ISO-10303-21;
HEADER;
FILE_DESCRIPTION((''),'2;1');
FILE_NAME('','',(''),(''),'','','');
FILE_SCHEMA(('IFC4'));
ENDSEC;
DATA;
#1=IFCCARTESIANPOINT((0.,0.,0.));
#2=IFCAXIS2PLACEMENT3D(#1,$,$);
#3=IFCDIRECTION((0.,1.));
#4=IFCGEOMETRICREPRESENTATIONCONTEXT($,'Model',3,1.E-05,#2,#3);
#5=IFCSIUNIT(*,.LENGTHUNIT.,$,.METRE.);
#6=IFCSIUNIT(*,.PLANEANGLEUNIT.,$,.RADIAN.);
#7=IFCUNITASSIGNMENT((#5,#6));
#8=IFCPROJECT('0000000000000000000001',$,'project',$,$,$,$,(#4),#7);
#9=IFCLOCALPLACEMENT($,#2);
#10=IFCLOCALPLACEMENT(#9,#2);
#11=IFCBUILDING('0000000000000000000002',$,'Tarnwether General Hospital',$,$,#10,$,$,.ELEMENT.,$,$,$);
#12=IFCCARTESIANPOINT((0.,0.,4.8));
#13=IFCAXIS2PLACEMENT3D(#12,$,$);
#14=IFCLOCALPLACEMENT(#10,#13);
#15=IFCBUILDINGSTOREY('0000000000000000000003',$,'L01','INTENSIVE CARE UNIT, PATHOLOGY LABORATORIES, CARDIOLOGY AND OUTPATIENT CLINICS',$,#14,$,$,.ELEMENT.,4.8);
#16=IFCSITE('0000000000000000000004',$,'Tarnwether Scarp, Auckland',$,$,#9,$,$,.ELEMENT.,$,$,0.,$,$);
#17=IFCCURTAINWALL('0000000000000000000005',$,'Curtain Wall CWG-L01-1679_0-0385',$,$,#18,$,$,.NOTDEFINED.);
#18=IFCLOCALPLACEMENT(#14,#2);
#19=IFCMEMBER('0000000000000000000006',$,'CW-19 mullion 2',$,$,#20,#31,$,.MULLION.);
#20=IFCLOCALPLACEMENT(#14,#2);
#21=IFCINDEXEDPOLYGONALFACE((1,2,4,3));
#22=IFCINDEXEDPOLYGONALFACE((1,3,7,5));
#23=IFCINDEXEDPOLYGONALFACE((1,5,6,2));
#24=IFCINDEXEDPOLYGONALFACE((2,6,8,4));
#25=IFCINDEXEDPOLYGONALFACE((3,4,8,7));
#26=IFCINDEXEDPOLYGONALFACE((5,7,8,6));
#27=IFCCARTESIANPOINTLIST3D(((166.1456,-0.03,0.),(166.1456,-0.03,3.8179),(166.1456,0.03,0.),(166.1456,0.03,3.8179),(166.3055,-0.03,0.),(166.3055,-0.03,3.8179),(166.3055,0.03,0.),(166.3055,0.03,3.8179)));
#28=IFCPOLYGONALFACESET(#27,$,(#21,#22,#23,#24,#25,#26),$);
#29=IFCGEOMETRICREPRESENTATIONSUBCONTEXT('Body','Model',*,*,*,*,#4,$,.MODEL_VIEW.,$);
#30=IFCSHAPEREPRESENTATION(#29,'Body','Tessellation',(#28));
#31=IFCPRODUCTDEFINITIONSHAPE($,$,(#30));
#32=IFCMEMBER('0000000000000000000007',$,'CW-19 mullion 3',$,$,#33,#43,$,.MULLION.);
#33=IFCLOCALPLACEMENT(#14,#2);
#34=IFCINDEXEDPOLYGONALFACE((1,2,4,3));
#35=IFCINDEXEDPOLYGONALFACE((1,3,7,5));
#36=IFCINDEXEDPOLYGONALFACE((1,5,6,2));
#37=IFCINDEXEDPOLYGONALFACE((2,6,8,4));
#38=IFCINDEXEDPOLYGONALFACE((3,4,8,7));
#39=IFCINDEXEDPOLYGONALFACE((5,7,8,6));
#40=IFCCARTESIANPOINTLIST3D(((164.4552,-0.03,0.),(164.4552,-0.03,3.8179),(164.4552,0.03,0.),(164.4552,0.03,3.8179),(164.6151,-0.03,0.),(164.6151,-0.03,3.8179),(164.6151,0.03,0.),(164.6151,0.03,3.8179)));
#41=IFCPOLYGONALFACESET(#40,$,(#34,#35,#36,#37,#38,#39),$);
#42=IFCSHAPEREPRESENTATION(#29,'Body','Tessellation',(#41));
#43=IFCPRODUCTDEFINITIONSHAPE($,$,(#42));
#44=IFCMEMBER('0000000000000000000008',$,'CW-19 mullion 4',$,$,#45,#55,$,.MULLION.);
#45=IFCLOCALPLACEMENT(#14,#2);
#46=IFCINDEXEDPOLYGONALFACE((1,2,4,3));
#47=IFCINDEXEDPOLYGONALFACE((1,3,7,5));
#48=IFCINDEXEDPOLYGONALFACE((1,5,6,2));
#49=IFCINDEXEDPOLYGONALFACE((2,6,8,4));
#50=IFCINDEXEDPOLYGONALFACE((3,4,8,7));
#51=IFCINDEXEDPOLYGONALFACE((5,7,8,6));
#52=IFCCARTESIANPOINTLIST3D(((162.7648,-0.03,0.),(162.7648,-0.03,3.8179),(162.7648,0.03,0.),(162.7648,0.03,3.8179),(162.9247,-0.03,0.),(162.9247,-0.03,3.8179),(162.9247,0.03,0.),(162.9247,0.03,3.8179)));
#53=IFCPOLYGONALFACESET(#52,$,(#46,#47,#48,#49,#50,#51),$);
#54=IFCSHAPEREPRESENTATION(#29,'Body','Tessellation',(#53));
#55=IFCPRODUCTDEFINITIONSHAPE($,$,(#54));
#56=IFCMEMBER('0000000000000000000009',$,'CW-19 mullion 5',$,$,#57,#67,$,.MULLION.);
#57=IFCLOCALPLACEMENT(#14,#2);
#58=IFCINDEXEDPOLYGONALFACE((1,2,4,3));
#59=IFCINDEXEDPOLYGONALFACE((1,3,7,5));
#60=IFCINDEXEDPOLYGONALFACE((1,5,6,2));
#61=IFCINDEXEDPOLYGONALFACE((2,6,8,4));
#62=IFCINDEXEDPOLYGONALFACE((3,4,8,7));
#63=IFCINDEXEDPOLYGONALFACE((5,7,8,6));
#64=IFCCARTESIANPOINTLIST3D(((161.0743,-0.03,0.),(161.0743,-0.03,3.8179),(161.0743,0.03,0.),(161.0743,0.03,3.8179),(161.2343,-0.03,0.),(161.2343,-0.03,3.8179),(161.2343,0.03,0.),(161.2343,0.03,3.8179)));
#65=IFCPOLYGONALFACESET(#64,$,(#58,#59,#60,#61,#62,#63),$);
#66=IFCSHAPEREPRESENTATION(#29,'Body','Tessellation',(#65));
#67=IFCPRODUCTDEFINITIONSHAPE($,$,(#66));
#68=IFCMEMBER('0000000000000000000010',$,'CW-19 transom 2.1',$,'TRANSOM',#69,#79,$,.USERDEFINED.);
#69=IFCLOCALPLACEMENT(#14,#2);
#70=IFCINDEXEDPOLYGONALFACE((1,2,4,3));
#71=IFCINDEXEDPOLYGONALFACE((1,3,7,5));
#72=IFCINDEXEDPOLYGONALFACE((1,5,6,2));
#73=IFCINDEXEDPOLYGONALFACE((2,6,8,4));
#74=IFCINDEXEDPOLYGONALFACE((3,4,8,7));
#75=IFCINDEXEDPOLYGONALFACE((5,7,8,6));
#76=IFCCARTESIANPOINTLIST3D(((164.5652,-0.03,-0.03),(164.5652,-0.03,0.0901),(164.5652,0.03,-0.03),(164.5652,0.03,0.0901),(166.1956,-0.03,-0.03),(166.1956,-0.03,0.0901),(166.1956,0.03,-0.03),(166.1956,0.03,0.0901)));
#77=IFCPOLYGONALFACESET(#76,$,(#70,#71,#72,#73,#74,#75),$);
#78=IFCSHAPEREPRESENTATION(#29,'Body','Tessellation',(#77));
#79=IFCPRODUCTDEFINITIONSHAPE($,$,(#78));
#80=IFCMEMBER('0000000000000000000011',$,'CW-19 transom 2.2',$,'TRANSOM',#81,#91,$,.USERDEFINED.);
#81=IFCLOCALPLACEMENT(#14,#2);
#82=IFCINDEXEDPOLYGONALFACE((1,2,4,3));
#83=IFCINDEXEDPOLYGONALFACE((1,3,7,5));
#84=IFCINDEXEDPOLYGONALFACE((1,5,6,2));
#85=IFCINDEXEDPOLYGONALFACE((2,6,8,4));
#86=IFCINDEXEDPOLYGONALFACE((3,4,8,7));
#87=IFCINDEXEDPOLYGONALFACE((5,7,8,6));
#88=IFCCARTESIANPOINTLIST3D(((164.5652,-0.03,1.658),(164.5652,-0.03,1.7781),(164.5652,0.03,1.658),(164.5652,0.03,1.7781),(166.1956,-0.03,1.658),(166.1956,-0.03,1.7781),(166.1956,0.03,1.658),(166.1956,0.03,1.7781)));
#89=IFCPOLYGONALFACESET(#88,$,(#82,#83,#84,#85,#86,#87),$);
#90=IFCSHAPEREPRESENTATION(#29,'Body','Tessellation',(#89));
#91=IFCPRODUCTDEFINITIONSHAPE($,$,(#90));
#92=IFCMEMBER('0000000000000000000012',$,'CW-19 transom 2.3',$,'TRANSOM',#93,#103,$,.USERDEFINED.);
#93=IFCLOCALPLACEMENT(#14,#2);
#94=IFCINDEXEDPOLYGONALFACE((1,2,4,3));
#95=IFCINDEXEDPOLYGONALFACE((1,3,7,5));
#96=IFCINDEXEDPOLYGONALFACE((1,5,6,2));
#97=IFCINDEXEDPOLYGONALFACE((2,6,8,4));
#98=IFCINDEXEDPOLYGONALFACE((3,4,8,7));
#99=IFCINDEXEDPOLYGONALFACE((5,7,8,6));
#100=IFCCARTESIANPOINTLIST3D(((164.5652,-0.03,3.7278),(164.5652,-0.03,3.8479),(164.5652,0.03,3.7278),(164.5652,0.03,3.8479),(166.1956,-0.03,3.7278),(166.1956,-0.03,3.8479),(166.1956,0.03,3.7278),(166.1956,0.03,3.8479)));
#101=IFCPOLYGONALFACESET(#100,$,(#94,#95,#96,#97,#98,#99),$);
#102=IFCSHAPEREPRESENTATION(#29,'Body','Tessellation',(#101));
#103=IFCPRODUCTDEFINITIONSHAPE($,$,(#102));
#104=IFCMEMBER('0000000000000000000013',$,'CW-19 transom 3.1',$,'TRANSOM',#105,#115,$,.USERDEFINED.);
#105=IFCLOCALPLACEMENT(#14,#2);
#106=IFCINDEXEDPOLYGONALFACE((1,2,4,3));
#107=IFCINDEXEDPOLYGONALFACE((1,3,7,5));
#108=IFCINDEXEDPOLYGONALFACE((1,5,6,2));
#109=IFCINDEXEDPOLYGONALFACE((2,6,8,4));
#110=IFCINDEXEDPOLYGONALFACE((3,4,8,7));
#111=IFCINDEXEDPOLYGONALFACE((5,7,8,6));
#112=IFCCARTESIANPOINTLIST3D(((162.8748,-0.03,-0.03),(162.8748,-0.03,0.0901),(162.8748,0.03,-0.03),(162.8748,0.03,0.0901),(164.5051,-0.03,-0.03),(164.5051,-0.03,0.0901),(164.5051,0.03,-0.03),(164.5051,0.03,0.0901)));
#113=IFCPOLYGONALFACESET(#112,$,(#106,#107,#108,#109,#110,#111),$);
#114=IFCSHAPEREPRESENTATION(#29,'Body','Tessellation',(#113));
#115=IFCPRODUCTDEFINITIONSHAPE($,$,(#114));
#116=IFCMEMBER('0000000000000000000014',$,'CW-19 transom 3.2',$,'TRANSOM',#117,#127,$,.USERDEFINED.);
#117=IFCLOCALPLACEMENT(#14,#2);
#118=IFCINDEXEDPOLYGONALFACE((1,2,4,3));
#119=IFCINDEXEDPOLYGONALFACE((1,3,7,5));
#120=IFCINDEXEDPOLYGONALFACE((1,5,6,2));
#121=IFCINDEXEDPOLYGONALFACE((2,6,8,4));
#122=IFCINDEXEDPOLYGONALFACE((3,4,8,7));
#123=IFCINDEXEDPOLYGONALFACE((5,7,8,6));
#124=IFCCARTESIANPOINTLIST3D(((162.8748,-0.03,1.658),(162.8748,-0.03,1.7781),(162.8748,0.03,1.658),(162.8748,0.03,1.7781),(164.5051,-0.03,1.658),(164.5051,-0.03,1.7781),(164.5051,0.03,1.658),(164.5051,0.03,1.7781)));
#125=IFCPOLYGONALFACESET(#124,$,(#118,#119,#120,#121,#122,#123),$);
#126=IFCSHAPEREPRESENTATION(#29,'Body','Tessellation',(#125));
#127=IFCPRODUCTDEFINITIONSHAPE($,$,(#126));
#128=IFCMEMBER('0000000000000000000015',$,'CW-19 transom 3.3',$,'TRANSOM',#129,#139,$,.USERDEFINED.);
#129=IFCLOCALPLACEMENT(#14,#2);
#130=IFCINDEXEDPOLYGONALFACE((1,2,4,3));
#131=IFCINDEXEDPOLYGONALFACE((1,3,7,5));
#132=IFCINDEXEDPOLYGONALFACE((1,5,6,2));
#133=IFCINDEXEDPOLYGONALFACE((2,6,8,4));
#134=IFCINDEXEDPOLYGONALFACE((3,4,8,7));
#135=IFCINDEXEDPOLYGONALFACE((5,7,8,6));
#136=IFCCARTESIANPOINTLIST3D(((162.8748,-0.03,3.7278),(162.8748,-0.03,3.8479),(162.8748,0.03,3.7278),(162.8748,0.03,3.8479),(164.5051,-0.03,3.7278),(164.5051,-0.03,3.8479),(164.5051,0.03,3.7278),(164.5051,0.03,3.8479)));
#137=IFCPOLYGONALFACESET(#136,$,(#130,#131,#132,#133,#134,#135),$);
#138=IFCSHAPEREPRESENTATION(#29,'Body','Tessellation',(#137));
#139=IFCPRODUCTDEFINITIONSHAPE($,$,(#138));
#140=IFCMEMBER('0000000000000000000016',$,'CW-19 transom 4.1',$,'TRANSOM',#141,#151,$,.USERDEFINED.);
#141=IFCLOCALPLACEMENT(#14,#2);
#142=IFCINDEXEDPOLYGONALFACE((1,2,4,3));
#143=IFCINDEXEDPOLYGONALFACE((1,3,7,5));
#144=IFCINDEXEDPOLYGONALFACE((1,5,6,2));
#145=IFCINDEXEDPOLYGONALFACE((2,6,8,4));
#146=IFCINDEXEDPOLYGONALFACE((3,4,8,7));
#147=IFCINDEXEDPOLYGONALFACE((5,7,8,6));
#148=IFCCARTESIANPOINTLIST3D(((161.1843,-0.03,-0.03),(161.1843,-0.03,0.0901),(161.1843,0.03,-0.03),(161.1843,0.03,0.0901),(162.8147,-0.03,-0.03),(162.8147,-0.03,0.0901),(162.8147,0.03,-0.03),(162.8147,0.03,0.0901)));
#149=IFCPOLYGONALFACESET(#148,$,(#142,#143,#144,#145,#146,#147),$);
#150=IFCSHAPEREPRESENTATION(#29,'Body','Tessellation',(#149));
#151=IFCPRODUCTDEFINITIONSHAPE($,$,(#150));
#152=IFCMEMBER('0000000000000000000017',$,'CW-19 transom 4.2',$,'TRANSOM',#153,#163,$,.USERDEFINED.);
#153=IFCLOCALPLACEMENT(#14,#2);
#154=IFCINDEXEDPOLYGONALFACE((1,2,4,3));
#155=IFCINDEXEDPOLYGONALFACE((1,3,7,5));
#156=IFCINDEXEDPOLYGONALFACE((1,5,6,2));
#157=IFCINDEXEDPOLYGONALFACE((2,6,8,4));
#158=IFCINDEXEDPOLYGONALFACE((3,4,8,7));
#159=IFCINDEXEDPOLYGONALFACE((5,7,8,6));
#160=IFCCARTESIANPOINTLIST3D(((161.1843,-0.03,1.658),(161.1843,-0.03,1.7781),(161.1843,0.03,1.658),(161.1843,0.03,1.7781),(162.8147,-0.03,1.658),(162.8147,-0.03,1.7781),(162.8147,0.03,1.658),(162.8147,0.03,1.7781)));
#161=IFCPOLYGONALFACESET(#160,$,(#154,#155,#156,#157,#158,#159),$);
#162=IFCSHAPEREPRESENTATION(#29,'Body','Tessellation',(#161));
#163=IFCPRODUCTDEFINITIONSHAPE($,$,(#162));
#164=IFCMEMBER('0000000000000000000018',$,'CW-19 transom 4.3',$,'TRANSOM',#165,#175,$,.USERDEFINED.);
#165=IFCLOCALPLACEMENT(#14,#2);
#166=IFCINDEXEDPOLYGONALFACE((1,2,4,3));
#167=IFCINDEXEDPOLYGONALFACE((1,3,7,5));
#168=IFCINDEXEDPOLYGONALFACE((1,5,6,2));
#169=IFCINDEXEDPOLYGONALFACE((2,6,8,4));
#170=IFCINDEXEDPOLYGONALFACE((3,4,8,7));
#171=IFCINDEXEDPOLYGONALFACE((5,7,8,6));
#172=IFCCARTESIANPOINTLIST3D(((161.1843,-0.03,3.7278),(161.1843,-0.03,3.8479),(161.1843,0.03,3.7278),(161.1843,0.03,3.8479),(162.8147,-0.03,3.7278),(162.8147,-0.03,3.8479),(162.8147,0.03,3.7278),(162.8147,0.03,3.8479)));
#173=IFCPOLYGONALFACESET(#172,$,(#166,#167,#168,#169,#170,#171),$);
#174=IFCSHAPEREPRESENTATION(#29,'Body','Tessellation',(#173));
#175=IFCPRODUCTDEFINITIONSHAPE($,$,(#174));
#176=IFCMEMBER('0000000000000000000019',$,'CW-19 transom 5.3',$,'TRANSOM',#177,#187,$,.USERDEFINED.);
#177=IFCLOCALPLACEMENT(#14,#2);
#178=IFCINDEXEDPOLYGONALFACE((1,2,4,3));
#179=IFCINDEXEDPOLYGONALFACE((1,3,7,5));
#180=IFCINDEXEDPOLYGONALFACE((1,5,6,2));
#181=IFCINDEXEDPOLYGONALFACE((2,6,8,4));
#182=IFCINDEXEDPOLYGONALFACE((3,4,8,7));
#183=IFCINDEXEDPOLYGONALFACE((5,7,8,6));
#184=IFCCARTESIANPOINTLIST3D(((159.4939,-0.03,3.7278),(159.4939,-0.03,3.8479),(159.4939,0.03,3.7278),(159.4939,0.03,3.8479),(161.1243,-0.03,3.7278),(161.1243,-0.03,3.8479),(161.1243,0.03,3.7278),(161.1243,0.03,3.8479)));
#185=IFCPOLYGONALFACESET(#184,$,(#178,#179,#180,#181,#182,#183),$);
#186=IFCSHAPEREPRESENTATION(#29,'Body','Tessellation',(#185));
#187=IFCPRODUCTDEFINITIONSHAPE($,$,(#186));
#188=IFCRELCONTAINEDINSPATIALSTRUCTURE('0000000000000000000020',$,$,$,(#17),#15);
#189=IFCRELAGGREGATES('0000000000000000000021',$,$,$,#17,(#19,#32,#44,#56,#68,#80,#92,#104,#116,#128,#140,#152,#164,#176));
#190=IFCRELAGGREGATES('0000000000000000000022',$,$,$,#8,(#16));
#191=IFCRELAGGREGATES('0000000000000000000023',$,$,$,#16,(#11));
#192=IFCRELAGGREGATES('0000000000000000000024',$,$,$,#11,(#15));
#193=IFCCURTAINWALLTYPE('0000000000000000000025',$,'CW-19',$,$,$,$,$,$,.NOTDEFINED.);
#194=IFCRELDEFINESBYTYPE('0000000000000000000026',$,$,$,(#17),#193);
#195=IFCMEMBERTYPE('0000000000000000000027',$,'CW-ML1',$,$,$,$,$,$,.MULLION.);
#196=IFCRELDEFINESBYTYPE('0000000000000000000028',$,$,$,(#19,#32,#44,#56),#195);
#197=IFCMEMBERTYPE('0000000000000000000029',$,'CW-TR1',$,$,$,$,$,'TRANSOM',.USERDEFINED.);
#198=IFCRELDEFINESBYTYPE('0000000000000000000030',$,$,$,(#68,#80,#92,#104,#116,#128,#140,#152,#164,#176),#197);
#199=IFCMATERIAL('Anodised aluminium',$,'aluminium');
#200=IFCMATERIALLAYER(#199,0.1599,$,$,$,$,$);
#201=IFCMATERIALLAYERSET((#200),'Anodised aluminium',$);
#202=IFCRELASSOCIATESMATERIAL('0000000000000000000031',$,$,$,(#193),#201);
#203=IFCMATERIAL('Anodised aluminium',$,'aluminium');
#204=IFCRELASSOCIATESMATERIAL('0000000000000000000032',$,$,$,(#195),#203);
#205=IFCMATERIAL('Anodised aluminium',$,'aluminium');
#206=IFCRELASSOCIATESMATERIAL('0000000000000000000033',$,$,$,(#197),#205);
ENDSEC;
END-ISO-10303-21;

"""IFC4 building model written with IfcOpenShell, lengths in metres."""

from ifc_helpers import new_model, si_unit, direction, frame, origin, origin_2d, place, context, subcontext, project, spatial, rectangle, extrude, material, layer, layer_set, material_profile, profile_set, type_object, element, aggregate, save


model = new_model("IFC4")

# Units and contexts
model_context = context("Model", 3, precision=1e-05, world=origin(), true_north=direction((0.0, 1.0)))
body_context = subcontext(model_context, "Body", "Model", "MODEL_VIEW")
ifc_project = project(units=[si_unit("LENGTHUNIT", "METRE"), si_unit("PLANEANGLEUNIT", "RADIAN")], contexts=[model_context])

# Site, building, storey
site_placement = place(None, origin())
site = spatial("IfcSite", under=ifc_project, at=site_placement, Name="Tarnwether Scarp, Auckland", CompositionType="ELEMENT", RefElevation=0.0)
building_placement = place(site_placement, origin())
building = spatial("IfcBuilding", under=site, at=building_placement, Name="Tarnwether General Hospital", CompositionType="ELEMENT")
storey_placement = place(building_placement, frame((0.0, 0.0, 4.8)))
storey = spatial("IfcBuildingStorey", under=building, at=storey_placement, Name="L01", Description="INTENSIVE CARE UNIT, PATHOLOGY LABORATORIES, CARDIOLOGY AND OUTPATIENT CLINICS", CompositionType="ELEMENT", Elevation=4.8)

# Curtain wall, members
ifc_material_1 = material(Name="Anodised aluminium", Category="aluminium")
ifc_layer_1 = layer(ifc_material_1, 0.1599)
ifc_layer_set_1 = layer_set([ifc_layer_1], Name="Anodised aluminium")
curtain_wall_type = type_object("IfcCurtainWallType", Name="CW-19", PredefinedType="NOTDEFINED", material=ifc_layer_set_1)
curtain_wall_placement = place(storey_placement, origin())
curtain_wall = element("IfcCurtainWall", 1, at=curtain_wall_placement, inside=storey, type_object=curtain_wall_type, Name="Curtain Wall CWG-L01-1679_0-0385", PredefinedType="NOTDEFINED")
ifc_material_2 = material(Name="Anodised aluminium", Category="aluminium")
ifc_material_profile_1 = material_profile(ifc_material_2, rectangle(XDim=0.0601, YDim=0.1599, at=origin_2d()), Name="ALU-MUL-60x160")
ifc_profile_set_1 = profile_set([ifc_material_profile_1], Name="Anodised aluminium")
member_type_1 = type_object("IfcMemberType", Name="CW-ML1", PredefinedType="MULLION", material=ifc_profile_set_1)
member_1_placement = place(storey_placement, frame((166.2256, 0.0, 0.0), z_axis=(0.0, 0.0, 1.0), x_axis=(0.0, -1.0, 0.0)))
member_1 = element("IfcMember", 2, at=member_1_placement, type_object=member_type_1, Name="CW-19 mullion 2", PredefinedType="MULLION", context=body_context, shape_type="SweptSolid", body=[
    extrude(rectangle(XDim=0.0601, YDim=0.1599, at=origin_2d()), origin(), (0.0, 0.0, 1.0), 3.8179),
])
member_2_placement = place(storey_placement, frame((164.5352, 0.0, 0.0), z_axis=(0.0, 0.0, 1.0), x_axis=(0.0, -1.0, 0.0)))
member_2 = element("IfcMember", 3, at=member_2_placement, type_object=member_type_1, Name="CW-19 mullion 3", PredefinedType="MULLION", context=body_context, shape_type="SweptSolid", body=[
    extrude(rectangle(XDim=0.0601, YDim=0.1599, at=origin_2d()), origin(), (0.0, 0.0, 1.0), 3.8179),
])
member_3_placement = place(storey_placement, frame((162.8447, 0.0, 0.0), z_axis=(0.0, 0.0, 1.0), x_axis=(0.0, -1.0, 0.0)))
member_3 = element("IfcMember", 4, at=member_3_placement, type_object=member_type_1, Name="CW-19 mullion 4", PredefinedType="MULLION", context=body_context, shape_type="SweptSolid", body=[
    extrude(rectangle(XDim=0.0601, YDim=0.1599, at=origin_2d()), origin(), (0.0, 0.0, 1.0), 3.8179),
])
member_4_placement = place(storey_placement, frame((161.1543, 0.0, 0.0), z_axis=(0.0, 0.0, 1.0), x_axis=(0.0, -1.0, 0.0)))
member_4 = element("IfcMember", 5, at=member_4_placement, type_object=member_type_1, Name="CW-19 mullion 5", PredefinedType="MULLION", context=body_context, shape_type="SweptSolid", body=[
    extrude(rectangle(XDim=0.0601, YDim=0.1599, at=origin_2d()), origin(), (0.0, 0.0, 1.0), 3.8179),
])
ifc_material_3 = material(Name="Anodised aluminium", Category="aluminium")
ifc_material_profile_2 = material_profile(ifc_material_3, rectangle(XDim=0.0601, YDim=0.1201, at=origin_2d()), Name="ALU-TRN-60x120")
ifc_profile_set_2 = profile_set([ifc_material_profile_2], Name="Anodised aluminium")
member_type_2 = type_object("IfcMemberType", Name="CW-TR1", ElementType="TRANSOM", PredefinedType="USERDEFINED", material=ifc_profile_set_2)
member_5_placement = place(storey_placement, frame((166.1956, 0.0, 0.03), z_axis=(-1.0, 0.0, 0.0), x_axis=(0.0, -1.0, 0.0)))
member_5 = element("IfcMember", 6, at=member_5_placement, type_object=member_type_2, Name="CW-19 transom 2.1", ObjectType="TRANSOM", PredefinedType="USERDEFINED", context=body_context, shape_type="SweptSolid", body=[
    extrude(rectangle(XDim=0.0601, YDim=0.1201, at=origin_2d()), origin(), (0.0, 0.0, 1.0), 1.6304),
])
member_6_placement = place(storey_placement, frame((166.1956, 0.0, 1.718), z_axis=(-1.0, 0.0, 0.0), x_axis=(0.0, -1.0, 0.0)))
member_6 = element("IfcMember", 7, at=member_6_placement, type_object=member_type_2, Name="CW-19 transom 2.2", ObjectType="TRANSOM", PredefinedType="USERDEFINED", context=body_context, shape_type="SweptSolid", body=[
    extrude(rectangle(XDim=0.0601, YDim=0.1201, at=origin_2d()), origin(), (0.0, 0.0, 1.0), 1.6304),
])
member_7_placement = place(storey_placement, frame((166.1956, 0.0, 3.7878), z_axis=(-1.0, 0.0, 0.0), x_axis=(0.0, -1.0, 0.0)))
member_7 = element("IfcMember", 8, at=member_7_placement, type_object=member_type_2, Name="CW-19 transom 2.3", ObjectType="TRANSOM", PredefinedType="USERDEFINED", context=body_context, shape_type="SweptSolid", body=[
    extrude(rectangle(XDim=0.0601, YDim=0.1201, at=origin_2d()), origin(), (0.0, 0.0, 1.0), 1.6304),
])
member_8_placement = place(storey_placement, frame((164.5051, 0.0, 0.03), z_axis=(-1.0, 0.0, 0.0), x_axis=(0.0, -1.0, 0.0)))
member_8 = element("IfcMember", 9, at=member_8_placement, type_object=member_type_2, Name="CW-19 transom 3.1", ObjectType="TRANSOM", PredefinedType="USERDEFINED", context=body_context, shape_type="SweptSolid", body=[
    extrude(rectangle(XDim=0.0601, YDim=0.1201, at=origin_2d()), origin(), (0.0, 0.0, 1.0), 1.6304),
])
member_9_placement = place(storey_placement, frame((164.5051, 0.0, 1.718), z_axis=(-1.0, 0.0, 0.0), x_axis=(0.0, -1.0, 0.0)))
member_9 = element("IfcMember", 10, at=member_9_placement, type_object=member_type_2, Name="CW-19 transom 3.2", ObjectType="TRANSOM", PredefinedType="USERDEFINED", context=body_context, shape_type="SweptSolid", body=[
    extrude(rectangle(XDim=0.0601, YDim=0.1201, at=origin_2d()), origin(), (0.0, 0.0, 1.0), 1.6304),
])
member_10_placement = place(storey_placement, frame((164.5051, 0.0, 3.7878), z_axis=(-1.0, 0.0, 0.0), x_axis=(0.0, -1.0, 0.0)))
member_10 = element("IfcMember", 11, at=member_10_placement, type_object=member_type_2, Name="CW-19 transom 3.3", ObjectType="TRANSOM", PredefinedType="USERDEFINED", context=body_context, shape_type="SweptSolid", body=[
    extrude(rectangle(XDim=0.0601, YDim=0.1201, at=origin_2d()), origin(), (0.0, 0.0, 1.0), 1.6304),
])
member_11_placement = place(storey_placement, frame((162.8147, 0.0, 0.03), z_axis=(-1.0, 0.0, 0.0), x_axis=(0.0, -1.0, 0.0)))
member_11 = element("IfcMember", 12, at=member_11_placement, type_object=member_type_2, Name="CW-19 transom 4.1", ObjectType="TRANSOM", PredefinedType="USERDEFINED", context=body_context, shape_type="SweptSolid", body=[
    extrude(rectangle(XDim=0.0601, YDim=0.1201, at=origin_2d()), origin(), (0.0, 0.0, 1.0), 1.6304),
])
member_12_placement = place(storey_placement, frame((162.8147, 0.0, 1.718), z_axis=(-1.0, 0.0, 0.0), x_axis=(0.0, -1.0, 0.0)))
member_12 = element("IfcMember", 13, at=member_12_placement, type_object=member_type_2, Name="CW-19 transom 4.2", ObjectType="TRANSOM", PredefinedType="USERDEFINED", context=body_context, shape_type="SweptSolid", body=[
    extrude(rectangle(XDim=0.0601, YDim=0.1201, at=origin_2d()), origin(), (0.0, 0.0, 1.0), 1.6304),
])
member_13_placement = place(storey_placement, frame((162.8147, 0.0, 3.7878), z_axis=(-1.0, 0.0, 0.0), x_axis=(0.0, -1.0, 0.0)))
member_13 = element("IfcMember", 14, at=member_13_placement, type_object=member_type_2, Name="CW-19 transom 4.3", ObjectType="TRANSOM", PredefinedType="USERDEFINED", context=body_context, shape_type="SweptSolid", body=[
    extrude(rectangle(XDim=0.0601, YDim=0.1201, at=origin_2d()), origin(), (0.0, 0.0, 1.0), 1.6304),
])
member_14_placement = place(storey_placement, frame((161.1243, 0.0, 3.7878), z_axis=(-1.0, 0.0, 0.0), x_axis=(0.0, -1.0, 0.0)))
member_14 = element("IfcMember", 15, at=member_14_placement, type_object=member_type_2, Name="CW-19 transom 5.3", ObjectType="TRANSOM", PredefinedType="USERDEFINED", context=body_context, shape_type="SweptSolid", body=[
    extrude(rectangle(XDim=0.0601, YDim=0.1201, at=origin_2d()), origin(), (0.0, 0.0, 1.0), 1.6304),
])
aggregate(curtain_wall, [member_1, member_2, member_3, member_4, member_5, member_6, member_7, member_8, member_9, member_10, member_11, member_12, member_13, member_14])

save(model, "model.ifc")
